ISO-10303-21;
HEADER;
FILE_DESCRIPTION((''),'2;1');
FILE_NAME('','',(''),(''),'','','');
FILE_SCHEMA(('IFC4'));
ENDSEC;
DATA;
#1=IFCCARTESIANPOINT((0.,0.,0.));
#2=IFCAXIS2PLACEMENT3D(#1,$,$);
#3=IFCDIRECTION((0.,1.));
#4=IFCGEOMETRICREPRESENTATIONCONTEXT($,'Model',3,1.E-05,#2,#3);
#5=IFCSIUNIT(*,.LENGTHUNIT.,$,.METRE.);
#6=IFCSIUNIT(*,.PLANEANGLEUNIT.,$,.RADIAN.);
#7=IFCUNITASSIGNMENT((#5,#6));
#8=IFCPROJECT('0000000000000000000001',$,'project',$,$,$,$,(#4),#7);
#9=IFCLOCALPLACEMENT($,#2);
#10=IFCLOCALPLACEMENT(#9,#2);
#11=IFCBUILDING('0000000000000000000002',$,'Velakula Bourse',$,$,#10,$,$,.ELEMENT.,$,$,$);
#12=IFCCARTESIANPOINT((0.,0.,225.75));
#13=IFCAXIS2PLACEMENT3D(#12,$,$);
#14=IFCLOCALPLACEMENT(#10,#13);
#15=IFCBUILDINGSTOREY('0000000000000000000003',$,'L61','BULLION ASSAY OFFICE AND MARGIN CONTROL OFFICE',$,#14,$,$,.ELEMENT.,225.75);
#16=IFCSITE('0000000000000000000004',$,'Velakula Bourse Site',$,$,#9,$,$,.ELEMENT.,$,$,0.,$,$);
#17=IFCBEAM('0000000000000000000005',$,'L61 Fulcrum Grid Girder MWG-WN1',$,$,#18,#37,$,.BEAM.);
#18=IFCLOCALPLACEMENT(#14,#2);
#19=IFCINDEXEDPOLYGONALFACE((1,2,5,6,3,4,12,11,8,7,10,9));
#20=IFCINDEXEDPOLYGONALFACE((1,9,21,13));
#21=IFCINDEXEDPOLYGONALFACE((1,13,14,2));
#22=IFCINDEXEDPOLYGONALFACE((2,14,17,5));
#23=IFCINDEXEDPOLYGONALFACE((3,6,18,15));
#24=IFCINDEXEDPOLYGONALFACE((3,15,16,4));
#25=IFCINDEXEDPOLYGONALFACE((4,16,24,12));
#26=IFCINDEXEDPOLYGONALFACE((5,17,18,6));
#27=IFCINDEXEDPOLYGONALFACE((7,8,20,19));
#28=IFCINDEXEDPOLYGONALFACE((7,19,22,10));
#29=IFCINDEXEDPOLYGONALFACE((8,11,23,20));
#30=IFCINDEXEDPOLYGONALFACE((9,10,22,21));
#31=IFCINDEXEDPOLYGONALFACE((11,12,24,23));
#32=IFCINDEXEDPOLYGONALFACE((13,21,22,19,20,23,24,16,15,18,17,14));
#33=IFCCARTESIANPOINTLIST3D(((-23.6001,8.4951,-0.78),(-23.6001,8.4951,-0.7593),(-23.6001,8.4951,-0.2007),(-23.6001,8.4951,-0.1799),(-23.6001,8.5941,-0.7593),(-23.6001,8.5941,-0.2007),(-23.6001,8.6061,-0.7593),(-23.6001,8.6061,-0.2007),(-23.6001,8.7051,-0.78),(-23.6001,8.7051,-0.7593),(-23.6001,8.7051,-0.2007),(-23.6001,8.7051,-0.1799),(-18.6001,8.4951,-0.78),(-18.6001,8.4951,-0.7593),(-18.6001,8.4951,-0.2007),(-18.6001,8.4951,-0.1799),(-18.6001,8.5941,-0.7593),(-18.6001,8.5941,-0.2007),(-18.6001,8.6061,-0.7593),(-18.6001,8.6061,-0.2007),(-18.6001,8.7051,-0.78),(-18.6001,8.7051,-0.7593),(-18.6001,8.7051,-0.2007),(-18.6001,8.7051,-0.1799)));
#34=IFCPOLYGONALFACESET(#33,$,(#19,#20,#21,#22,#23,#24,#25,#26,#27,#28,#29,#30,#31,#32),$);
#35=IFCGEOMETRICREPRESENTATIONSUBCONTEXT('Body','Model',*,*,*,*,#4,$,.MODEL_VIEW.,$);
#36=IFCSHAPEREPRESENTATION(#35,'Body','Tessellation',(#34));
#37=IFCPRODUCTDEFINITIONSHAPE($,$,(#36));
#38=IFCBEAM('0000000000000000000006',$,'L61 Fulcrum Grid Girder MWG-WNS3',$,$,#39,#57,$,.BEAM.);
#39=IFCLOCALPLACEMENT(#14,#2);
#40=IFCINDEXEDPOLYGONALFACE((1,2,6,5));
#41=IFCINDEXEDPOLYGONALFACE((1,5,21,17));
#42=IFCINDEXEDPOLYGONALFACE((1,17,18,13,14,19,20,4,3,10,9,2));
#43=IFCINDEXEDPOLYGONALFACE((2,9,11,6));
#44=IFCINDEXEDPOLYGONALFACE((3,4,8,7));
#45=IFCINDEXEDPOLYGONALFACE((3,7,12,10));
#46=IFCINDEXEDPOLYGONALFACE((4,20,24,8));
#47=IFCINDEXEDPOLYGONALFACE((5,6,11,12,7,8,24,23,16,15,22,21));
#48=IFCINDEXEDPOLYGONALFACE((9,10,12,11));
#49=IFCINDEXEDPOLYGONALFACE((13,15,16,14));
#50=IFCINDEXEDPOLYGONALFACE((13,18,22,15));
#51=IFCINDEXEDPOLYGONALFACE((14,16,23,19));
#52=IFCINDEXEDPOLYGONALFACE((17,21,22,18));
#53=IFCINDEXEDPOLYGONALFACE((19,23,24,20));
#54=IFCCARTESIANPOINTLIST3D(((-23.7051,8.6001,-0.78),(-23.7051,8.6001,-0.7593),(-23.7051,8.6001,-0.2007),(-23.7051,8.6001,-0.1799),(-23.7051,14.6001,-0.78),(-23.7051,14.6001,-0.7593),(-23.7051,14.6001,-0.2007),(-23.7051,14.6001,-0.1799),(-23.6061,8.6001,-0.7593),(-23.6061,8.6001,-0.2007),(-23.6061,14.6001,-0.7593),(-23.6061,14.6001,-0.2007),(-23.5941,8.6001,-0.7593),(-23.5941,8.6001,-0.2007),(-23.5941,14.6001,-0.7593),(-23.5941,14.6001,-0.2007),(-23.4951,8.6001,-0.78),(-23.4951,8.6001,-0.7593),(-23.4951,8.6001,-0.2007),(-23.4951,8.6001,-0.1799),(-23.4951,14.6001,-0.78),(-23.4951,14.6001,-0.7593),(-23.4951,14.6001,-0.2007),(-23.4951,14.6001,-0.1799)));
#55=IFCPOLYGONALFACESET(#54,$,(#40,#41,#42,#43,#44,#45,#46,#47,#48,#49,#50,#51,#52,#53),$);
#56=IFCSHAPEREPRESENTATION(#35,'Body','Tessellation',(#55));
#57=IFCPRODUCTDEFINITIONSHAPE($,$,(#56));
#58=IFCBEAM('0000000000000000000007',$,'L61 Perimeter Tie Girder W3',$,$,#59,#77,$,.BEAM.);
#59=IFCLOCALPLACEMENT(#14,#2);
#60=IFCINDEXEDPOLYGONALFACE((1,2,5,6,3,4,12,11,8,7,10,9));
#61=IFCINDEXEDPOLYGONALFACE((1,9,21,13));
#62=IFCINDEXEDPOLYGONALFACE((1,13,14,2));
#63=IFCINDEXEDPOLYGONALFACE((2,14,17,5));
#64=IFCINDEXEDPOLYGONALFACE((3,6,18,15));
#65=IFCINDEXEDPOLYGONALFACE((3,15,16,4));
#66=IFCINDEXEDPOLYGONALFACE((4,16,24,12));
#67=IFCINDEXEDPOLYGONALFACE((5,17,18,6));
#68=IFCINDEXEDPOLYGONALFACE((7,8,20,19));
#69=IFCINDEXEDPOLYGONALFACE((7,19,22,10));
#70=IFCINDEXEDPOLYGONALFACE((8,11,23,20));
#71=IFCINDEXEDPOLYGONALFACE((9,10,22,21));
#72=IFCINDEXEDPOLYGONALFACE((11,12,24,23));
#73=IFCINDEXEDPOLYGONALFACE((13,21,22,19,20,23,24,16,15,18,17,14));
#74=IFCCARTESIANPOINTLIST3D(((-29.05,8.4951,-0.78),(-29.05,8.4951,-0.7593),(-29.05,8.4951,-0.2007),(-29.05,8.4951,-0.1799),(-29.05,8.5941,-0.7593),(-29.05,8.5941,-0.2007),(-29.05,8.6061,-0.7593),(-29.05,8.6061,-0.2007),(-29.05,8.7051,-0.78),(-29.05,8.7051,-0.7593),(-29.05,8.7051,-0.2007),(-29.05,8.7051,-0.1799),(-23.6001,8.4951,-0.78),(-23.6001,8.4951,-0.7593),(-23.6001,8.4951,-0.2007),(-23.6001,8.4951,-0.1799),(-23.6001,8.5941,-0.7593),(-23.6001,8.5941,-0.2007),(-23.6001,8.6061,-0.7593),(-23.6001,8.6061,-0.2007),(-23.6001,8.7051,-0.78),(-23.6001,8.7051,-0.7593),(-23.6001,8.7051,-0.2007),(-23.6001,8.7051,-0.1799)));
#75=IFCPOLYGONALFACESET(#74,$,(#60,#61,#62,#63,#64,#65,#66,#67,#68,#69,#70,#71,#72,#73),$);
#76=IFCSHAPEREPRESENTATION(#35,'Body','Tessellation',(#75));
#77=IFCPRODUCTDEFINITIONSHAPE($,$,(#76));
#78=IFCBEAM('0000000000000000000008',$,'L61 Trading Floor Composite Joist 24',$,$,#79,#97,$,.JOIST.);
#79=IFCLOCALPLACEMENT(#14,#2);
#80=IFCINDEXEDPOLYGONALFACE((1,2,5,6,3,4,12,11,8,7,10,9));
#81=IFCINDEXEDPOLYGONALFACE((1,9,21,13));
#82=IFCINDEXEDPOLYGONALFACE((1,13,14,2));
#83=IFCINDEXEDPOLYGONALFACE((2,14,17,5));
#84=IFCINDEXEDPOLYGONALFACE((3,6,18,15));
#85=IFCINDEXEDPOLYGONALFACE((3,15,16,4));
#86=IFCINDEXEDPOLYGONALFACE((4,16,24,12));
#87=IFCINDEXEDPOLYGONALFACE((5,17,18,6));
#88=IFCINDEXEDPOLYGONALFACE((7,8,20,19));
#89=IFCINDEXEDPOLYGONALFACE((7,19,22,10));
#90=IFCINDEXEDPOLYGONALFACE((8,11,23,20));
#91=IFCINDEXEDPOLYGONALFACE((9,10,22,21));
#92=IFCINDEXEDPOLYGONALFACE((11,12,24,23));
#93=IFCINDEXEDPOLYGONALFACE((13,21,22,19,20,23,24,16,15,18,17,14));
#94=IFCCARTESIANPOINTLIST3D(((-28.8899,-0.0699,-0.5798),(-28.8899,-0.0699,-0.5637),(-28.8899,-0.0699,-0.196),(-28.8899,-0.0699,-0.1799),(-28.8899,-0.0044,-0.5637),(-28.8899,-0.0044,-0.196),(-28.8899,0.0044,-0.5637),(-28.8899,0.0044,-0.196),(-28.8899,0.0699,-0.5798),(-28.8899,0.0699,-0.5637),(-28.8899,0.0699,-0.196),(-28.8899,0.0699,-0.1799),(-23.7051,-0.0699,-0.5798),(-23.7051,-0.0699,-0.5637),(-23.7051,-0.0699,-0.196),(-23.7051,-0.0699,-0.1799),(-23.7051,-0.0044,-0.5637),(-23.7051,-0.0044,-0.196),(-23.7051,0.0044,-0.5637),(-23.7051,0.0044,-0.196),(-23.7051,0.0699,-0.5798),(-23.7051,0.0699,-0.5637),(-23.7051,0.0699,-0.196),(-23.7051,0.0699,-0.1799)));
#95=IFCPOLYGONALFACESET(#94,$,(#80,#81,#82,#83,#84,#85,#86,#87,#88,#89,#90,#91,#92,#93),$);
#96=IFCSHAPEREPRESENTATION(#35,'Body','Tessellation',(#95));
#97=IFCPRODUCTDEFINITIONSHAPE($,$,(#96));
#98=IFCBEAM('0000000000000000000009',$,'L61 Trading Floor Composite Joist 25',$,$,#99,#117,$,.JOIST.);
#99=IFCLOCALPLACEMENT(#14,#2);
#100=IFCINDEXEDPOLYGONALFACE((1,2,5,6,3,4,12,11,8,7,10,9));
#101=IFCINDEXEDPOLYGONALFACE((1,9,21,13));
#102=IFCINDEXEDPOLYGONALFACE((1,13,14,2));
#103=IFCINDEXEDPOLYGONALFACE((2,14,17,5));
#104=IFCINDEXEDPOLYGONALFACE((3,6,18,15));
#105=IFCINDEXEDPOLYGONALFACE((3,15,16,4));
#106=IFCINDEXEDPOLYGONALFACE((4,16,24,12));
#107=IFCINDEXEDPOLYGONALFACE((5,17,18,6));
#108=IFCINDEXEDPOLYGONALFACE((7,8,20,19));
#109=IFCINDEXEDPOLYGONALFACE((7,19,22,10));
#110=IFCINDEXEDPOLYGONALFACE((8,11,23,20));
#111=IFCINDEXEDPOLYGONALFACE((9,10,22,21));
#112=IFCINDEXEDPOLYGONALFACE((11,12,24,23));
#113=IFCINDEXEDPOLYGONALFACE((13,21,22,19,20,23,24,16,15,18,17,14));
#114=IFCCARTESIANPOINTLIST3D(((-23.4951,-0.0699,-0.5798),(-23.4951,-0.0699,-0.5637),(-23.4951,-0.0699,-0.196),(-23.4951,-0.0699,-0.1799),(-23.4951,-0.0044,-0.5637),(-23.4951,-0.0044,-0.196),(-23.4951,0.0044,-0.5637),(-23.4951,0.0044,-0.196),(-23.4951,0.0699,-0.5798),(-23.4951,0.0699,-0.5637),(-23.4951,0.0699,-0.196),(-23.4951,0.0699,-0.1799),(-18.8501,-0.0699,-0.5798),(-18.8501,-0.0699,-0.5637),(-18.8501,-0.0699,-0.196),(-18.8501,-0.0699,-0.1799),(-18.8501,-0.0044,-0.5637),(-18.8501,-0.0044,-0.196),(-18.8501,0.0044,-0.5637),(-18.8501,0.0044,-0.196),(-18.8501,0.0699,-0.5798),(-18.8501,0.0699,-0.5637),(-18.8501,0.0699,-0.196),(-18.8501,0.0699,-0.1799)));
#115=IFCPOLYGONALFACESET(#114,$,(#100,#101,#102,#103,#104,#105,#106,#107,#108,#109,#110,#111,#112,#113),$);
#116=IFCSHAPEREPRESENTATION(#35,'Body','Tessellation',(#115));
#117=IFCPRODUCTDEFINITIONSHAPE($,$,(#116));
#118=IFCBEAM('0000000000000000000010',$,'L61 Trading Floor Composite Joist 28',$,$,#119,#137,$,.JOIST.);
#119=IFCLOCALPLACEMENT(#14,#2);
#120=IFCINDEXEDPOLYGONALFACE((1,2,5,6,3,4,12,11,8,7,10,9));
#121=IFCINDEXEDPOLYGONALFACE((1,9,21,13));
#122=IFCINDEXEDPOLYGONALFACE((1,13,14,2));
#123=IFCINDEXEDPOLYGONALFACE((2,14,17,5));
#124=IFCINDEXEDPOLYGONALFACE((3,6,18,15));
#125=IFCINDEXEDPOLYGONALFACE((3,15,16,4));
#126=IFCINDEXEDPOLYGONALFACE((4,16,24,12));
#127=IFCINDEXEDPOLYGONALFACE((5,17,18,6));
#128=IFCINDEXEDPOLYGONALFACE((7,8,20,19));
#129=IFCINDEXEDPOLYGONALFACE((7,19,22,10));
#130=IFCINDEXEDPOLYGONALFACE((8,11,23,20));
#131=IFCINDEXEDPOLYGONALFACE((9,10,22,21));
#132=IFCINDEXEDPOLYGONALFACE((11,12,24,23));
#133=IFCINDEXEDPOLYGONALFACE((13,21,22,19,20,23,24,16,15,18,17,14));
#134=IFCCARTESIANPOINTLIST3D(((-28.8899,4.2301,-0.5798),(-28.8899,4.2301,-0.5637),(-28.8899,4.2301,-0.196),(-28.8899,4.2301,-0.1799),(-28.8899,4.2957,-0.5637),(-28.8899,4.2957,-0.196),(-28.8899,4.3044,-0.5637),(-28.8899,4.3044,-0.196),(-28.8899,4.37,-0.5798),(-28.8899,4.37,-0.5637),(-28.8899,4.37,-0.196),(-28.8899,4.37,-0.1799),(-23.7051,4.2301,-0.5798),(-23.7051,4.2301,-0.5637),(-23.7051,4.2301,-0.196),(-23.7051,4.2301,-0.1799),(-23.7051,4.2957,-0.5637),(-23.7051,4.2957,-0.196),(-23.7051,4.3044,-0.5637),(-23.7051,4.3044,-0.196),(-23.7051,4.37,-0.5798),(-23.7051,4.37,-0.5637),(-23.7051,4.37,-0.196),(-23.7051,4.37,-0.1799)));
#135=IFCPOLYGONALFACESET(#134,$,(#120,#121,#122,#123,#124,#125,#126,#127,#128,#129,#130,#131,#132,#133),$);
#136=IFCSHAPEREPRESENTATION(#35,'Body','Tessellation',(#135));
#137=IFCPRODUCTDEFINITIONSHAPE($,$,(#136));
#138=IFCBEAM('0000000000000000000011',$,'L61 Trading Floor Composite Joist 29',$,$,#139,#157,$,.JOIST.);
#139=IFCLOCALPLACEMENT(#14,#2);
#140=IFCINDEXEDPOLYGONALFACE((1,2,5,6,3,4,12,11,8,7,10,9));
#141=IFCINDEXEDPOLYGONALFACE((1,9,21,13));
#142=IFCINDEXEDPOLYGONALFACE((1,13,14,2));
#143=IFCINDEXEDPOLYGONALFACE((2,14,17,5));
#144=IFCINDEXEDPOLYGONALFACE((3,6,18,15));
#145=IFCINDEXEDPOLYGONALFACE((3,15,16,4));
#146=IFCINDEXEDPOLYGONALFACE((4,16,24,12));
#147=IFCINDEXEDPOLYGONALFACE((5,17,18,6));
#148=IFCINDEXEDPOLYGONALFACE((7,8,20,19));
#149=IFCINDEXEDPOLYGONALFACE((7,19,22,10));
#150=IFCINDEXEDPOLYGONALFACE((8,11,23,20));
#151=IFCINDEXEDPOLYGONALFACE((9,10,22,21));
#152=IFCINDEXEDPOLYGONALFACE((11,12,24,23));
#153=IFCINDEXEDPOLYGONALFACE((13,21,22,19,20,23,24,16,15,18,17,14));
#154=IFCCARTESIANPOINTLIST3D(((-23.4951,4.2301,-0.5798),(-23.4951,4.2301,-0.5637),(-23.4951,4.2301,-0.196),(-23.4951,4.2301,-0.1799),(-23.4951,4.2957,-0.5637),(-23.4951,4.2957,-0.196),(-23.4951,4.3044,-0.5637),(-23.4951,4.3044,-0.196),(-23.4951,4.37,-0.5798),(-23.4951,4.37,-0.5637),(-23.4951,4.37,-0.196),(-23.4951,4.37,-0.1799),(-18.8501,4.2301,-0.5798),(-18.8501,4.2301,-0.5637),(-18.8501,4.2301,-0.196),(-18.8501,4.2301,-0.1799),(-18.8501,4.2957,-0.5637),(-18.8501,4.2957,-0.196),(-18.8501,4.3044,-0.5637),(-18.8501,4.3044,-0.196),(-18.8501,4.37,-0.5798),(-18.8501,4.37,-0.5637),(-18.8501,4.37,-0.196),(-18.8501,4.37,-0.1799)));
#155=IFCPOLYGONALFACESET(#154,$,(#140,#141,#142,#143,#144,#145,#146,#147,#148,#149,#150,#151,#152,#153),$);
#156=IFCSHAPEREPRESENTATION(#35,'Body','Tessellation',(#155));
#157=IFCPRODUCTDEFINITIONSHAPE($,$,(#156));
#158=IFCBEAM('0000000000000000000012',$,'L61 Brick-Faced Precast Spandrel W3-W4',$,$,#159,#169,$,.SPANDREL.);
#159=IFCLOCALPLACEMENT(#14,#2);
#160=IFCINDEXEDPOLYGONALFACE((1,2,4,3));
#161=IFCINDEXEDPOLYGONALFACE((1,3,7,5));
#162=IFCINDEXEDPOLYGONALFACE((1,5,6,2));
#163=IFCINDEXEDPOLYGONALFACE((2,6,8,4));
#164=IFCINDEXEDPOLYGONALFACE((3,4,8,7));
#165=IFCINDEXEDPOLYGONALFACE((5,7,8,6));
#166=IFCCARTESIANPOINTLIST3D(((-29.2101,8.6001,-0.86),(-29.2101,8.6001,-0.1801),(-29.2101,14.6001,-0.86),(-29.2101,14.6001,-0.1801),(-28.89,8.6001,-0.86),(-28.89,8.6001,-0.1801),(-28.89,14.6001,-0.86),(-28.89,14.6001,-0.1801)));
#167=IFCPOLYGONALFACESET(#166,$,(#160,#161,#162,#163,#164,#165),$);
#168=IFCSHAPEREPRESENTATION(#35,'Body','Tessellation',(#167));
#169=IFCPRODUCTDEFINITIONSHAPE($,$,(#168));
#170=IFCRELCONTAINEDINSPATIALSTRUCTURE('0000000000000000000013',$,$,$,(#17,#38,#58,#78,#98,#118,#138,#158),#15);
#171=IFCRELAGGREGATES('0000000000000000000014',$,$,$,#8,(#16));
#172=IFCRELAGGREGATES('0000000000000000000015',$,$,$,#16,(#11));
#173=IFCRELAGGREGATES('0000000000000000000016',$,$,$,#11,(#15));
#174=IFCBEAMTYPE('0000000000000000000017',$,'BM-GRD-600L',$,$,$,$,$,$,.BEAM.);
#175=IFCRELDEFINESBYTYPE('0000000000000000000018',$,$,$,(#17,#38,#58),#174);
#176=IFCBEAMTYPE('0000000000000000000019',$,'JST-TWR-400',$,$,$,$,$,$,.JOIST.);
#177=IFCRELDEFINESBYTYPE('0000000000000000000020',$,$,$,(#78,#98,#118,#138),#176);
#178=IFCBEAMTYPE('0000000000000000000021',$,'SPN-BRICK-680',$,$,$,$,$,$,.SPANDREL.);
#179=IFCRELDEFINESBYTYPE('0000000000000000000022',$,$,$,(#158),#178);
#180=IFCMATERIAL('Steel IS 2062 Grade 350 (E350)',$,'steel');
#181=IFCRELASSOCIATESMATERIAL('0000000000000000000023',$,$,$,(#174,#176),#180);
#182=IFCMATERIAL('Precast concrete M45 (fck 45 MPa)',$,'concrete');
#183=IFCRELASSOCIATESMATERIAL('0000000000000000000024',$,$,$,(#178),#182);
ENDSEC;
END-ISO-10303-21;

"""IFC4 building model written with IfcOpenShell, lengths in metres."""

from ifc_helpers import new_model, si_unit, direction, frame, origin, origin_2d, place, context, subcontext, project, spatial, rectangle, i_section, extrude, material, material_profile, profile_set, type_object, element, save


model = new_model("IFC4")

# Units and contexts
model_context = context("Model", 3, precision=1e-05, world=origin(), true_north=direction((0.0, 1.0)))
body_context = subcontext(model_context, "Body", "Model", "MODEL_VIEW")
ifc_project = project(units=[si_unit("LENGTHUNIT", "METRE"), si_unit("PLANEANGLEUNIT", "RADIAN")], contexts=[model_context])

# Site, building, storey
site_placement = place(None, origin())
site = spatial("IfcSite", under=ifc_project, at=site_placement, Name="Velakula Bourse Site", CompositionType="ELEMENT", RefElevation=0.0)
building_placement = place(site_placement, origin())
building = spatial("IfcBuilding", under=site, at=building_placement, Name="Velakula Bourse", CompositionType="ELEMENT")
storey_placement = place(building_placement, frame((0.0, 0.0, 225.75)))
storey = spatial("IfcBuildingStorey", under=building, at=storey_placement, Name="L61", Description="BULLION ASSAY OFFICE AND MARGIN CONTROL OFFICE", CompositionType="ELEMENT", Elevation=225.75)

# Shared definitions
ifc_material_1 = material(Name="Steel IS 2062 Grade 350 (E350)", Category="steel")

# Beams
ifc_material_profile_1 = material_profile(ifc_material_1, i_section(OverallWidth=0.21, OverallDepth=0.6001, WebThickness=0.012, FlangeThickness=0.0208, at=origin_2d()), Name="Steel IS 2062 Grade 350 (E350)")
ifc_profile_set_1 = profile_set([ifc_material_profile_1], Name="Steel IS 2062 Grade 350 (E350)")
beam_type_1 = type_object("IfcBeamType", Name="BM-GRD-600L", PredefinedType="BEAM", material=ifc_profile_set_1)
beam_1_placement = place(storey_placement, frame((-23.6001, 8.6001, -0.48), z_axis=(1.0, 0.0, 0.0), x_axis=(0.0, 1.0, 0.0)))
element("IfcBeam", 1, at=beam_1_placement, inside=storey, type_object=beam_type_1, Name="L61 Fulcrum Grid Girder MWG-WN1", PredefinedType="BEAM", context=body_context, shape_type="SweptSolid", body=[
    extrude(i_section(OverallWidth=0.21, OverallDepth=0.6001, WebThickness=0.012, FlangeThickness=0.0208, at=origin_2d()), origin(), (0.0, 0.0, 1.0), 5.0),
])
beam_2_placement = place(storey_placement, frame((-23.6001, 8.6001, -0.48), z_axis=(0.0, 1.0, 0.0), x_axis=(-1.0, 0.0, 0.0)))
element("IfcBeam", 2, at=beam_2_placement, inside=storey, type_object=beam_type_1, Name="L61 Fulcrum Grid Girder MWG-WNS3", PredefinedType="BEAM", context=body_context, shape_type="SweptSolid", body=[
    extrude(i_section(OverallWidth=0.21, OverallDepth=0.6001, WebThickness=0.012, FlangeThickness=0.0208, at=origin_2d()), origin(), (0.0, 0.0, 1.0), 6.0),
])
beam_3_placement = place(storey_placement, frame((-23.6001, 8.6001, -0.48), z_axis=(-1.0, 0.0, 0.0), x_axis=(0.0, -1.0, 0.0)))
element("IfcBeam", 3, at=beam_3_placement, inside=storey, type_object=beam_type_1, Name="L61 Perimeter Tie Girder W3", PredefinedType="BEAM", context=body_context, shape_type="SweptSolid", body=[
    extrude(i_section(OverallWidth=0.21, OverallDepth=0.6001, WebThickness=0.012, FlangeThickness=0.0208, at=origin_2d()), origin(), (0.0, 0.0, 1.0), 5.45),
])
ifc_material_profile_2 = material_profile(ifc_material_1, i_section(OverallWidth=0.1399, OverallDepth=0.3999, WebThickness=0.0088, FlangeThickness=0.0161, at=origin_2d()), Name="Steel IS 2062 Grade 350 (E350)")
ifc_profile_set_2 = profile_set([ifc_material_profile_2], Name="Steel IS 2062 Grade 350 (E350)")
beam_type_2 = type_object("IfcBeamType", Name="JST-TWR-400", PredefinedType="JOIST", material=ifc_profile_set_2)
beam_4_placement = place(storey_placement, frame((-28.8899, 0.0, -0.3799), z_axis=(1.0, 0.0, 0.0), x_axis=(0.0, 1.0, 0.0)))
element("IfcBeam", 4, at=beam_4_placement, inside=storey, type_object=beam_type_2, Name="L61 Trading Floor Composite Joist 24", PredefinedType="JOIST", context=body_context, shape_type="SweptSolid", body=[
    extrude(i_section(OverallWidth=0.1399, OverallDepth=0.3999, WebThickness=0.0088, FlangeThickness=0.0161, at=origin_2d()), origin(), (0.0, 0.0, 1.0), 5.1848),
])
beam_5_placement = place(storey_placement, frame((-23.4951, 0.0, -0.3799), z_axis=(1.0, 0.0, 0.0), x_axis=(0.0, 1.0, 0.0)))
element("IfcBeam", 5, at=beam_5_placement, inside=storey, type_object=beam_type_2, Name="L61 Trading Floor Composite Joist 25", PredefinedType="JOIST", context=body_context, shape_type="SweptSolid", body=[
    extrude(i_section(OverallWidth=0.1399, OverallDepth=0.3999, WebThickness=0.0088, FlangeThickness=0.0161, at=origin_2d()), origin(), (0.0, 0.0, 1.0), 4.645),
])
beam_6_placement = place(storey_placement, frame((-28.8899, 4.3, -0.3799), z_axis=(1.0, 0.0, 0.0), x_axis=(0.0, 1.0, 0.0)))
element("IfcBeam", 6, at=beam_6_placement, inside=storey, type_object=beam_type_2, Name="L61 Trading Floor Composite Joist 28", PredefinedType="JOIST", context=body_context, shape_type="SweptSolid", body=[
    extrude(i_section(OverallWidth=0.1399, OverallDepth=0.3999, WebThickness=0.0088, FlangeThickness=0.0161, at=origin_2d()), origin(), (0.0, 0.0, 1.0), 5.1848),
])
beam_7_placement = place(storey_placement, frame((-23.4951, 4.3, -0.3799), z_axis=(1.0, 0.0, 0.0), x_axis=(0.0, 1.0, 0.0)))
element("IfcBeam", 7, at=beam_7_placement, inside=storey, type_object=beam_type_2, Name="L61 Trading Floor Composite Joist 29", PredefinedType="JOIST", context=body_context, shape_type="SweptSolid", body=[
    extrude(i_section(OverallWidth=0.1399, OverallDepth=0.3999, WebThickness=0.0088, FlangeThickness=0.0161, at=origin_2d()), origin(), (0.0, 0.0, 1.0), 4.645),
])
ifc_material_2 = material(Name="Precast concrete M45 (fck 45 MPa)", Category="concrete")
ifc_material_profile_3 = material_profile(ifc_material_2, rectangle(XDim=0.3201, YDim=0.6799, at=origin_2d()), Name="Precast concrete M45 (fck 45 MPa)")
ifc_profile_set_3 = profile_set([ifc_material_profile_3], Name="Precast concrete M45 (fck 45 MPa)")
beam_type_3 = type_object("IfcBeamType", Name="SPN-BRICK-680", PredefinedType="SPANDREL", material=ifc_profile_set_3)
beam_8_placement = place(storey_placement, frame((-29.05, 8.6001, -0.52), z_axis=(0.0, 1.0, 0.0), x_axis=(-1.0, 0.0, 0.0)))
element("IfcBeam", 8, at=beam_8_placement, inside=storey, type_object=beam_type_3, Name="L61 Brick-Faced Precast Spandrel W3-W4", PredefinedType="SPANDREL", context=body_context, shape_type="SweptSolid", body=[
    extrude(rectangle(XDim=0.3201, YDim=0.6799, at=origin_2d()), origin(), (0.0, 0.0, 1.0), 6.0),
])

save(model, "model.ifc")
